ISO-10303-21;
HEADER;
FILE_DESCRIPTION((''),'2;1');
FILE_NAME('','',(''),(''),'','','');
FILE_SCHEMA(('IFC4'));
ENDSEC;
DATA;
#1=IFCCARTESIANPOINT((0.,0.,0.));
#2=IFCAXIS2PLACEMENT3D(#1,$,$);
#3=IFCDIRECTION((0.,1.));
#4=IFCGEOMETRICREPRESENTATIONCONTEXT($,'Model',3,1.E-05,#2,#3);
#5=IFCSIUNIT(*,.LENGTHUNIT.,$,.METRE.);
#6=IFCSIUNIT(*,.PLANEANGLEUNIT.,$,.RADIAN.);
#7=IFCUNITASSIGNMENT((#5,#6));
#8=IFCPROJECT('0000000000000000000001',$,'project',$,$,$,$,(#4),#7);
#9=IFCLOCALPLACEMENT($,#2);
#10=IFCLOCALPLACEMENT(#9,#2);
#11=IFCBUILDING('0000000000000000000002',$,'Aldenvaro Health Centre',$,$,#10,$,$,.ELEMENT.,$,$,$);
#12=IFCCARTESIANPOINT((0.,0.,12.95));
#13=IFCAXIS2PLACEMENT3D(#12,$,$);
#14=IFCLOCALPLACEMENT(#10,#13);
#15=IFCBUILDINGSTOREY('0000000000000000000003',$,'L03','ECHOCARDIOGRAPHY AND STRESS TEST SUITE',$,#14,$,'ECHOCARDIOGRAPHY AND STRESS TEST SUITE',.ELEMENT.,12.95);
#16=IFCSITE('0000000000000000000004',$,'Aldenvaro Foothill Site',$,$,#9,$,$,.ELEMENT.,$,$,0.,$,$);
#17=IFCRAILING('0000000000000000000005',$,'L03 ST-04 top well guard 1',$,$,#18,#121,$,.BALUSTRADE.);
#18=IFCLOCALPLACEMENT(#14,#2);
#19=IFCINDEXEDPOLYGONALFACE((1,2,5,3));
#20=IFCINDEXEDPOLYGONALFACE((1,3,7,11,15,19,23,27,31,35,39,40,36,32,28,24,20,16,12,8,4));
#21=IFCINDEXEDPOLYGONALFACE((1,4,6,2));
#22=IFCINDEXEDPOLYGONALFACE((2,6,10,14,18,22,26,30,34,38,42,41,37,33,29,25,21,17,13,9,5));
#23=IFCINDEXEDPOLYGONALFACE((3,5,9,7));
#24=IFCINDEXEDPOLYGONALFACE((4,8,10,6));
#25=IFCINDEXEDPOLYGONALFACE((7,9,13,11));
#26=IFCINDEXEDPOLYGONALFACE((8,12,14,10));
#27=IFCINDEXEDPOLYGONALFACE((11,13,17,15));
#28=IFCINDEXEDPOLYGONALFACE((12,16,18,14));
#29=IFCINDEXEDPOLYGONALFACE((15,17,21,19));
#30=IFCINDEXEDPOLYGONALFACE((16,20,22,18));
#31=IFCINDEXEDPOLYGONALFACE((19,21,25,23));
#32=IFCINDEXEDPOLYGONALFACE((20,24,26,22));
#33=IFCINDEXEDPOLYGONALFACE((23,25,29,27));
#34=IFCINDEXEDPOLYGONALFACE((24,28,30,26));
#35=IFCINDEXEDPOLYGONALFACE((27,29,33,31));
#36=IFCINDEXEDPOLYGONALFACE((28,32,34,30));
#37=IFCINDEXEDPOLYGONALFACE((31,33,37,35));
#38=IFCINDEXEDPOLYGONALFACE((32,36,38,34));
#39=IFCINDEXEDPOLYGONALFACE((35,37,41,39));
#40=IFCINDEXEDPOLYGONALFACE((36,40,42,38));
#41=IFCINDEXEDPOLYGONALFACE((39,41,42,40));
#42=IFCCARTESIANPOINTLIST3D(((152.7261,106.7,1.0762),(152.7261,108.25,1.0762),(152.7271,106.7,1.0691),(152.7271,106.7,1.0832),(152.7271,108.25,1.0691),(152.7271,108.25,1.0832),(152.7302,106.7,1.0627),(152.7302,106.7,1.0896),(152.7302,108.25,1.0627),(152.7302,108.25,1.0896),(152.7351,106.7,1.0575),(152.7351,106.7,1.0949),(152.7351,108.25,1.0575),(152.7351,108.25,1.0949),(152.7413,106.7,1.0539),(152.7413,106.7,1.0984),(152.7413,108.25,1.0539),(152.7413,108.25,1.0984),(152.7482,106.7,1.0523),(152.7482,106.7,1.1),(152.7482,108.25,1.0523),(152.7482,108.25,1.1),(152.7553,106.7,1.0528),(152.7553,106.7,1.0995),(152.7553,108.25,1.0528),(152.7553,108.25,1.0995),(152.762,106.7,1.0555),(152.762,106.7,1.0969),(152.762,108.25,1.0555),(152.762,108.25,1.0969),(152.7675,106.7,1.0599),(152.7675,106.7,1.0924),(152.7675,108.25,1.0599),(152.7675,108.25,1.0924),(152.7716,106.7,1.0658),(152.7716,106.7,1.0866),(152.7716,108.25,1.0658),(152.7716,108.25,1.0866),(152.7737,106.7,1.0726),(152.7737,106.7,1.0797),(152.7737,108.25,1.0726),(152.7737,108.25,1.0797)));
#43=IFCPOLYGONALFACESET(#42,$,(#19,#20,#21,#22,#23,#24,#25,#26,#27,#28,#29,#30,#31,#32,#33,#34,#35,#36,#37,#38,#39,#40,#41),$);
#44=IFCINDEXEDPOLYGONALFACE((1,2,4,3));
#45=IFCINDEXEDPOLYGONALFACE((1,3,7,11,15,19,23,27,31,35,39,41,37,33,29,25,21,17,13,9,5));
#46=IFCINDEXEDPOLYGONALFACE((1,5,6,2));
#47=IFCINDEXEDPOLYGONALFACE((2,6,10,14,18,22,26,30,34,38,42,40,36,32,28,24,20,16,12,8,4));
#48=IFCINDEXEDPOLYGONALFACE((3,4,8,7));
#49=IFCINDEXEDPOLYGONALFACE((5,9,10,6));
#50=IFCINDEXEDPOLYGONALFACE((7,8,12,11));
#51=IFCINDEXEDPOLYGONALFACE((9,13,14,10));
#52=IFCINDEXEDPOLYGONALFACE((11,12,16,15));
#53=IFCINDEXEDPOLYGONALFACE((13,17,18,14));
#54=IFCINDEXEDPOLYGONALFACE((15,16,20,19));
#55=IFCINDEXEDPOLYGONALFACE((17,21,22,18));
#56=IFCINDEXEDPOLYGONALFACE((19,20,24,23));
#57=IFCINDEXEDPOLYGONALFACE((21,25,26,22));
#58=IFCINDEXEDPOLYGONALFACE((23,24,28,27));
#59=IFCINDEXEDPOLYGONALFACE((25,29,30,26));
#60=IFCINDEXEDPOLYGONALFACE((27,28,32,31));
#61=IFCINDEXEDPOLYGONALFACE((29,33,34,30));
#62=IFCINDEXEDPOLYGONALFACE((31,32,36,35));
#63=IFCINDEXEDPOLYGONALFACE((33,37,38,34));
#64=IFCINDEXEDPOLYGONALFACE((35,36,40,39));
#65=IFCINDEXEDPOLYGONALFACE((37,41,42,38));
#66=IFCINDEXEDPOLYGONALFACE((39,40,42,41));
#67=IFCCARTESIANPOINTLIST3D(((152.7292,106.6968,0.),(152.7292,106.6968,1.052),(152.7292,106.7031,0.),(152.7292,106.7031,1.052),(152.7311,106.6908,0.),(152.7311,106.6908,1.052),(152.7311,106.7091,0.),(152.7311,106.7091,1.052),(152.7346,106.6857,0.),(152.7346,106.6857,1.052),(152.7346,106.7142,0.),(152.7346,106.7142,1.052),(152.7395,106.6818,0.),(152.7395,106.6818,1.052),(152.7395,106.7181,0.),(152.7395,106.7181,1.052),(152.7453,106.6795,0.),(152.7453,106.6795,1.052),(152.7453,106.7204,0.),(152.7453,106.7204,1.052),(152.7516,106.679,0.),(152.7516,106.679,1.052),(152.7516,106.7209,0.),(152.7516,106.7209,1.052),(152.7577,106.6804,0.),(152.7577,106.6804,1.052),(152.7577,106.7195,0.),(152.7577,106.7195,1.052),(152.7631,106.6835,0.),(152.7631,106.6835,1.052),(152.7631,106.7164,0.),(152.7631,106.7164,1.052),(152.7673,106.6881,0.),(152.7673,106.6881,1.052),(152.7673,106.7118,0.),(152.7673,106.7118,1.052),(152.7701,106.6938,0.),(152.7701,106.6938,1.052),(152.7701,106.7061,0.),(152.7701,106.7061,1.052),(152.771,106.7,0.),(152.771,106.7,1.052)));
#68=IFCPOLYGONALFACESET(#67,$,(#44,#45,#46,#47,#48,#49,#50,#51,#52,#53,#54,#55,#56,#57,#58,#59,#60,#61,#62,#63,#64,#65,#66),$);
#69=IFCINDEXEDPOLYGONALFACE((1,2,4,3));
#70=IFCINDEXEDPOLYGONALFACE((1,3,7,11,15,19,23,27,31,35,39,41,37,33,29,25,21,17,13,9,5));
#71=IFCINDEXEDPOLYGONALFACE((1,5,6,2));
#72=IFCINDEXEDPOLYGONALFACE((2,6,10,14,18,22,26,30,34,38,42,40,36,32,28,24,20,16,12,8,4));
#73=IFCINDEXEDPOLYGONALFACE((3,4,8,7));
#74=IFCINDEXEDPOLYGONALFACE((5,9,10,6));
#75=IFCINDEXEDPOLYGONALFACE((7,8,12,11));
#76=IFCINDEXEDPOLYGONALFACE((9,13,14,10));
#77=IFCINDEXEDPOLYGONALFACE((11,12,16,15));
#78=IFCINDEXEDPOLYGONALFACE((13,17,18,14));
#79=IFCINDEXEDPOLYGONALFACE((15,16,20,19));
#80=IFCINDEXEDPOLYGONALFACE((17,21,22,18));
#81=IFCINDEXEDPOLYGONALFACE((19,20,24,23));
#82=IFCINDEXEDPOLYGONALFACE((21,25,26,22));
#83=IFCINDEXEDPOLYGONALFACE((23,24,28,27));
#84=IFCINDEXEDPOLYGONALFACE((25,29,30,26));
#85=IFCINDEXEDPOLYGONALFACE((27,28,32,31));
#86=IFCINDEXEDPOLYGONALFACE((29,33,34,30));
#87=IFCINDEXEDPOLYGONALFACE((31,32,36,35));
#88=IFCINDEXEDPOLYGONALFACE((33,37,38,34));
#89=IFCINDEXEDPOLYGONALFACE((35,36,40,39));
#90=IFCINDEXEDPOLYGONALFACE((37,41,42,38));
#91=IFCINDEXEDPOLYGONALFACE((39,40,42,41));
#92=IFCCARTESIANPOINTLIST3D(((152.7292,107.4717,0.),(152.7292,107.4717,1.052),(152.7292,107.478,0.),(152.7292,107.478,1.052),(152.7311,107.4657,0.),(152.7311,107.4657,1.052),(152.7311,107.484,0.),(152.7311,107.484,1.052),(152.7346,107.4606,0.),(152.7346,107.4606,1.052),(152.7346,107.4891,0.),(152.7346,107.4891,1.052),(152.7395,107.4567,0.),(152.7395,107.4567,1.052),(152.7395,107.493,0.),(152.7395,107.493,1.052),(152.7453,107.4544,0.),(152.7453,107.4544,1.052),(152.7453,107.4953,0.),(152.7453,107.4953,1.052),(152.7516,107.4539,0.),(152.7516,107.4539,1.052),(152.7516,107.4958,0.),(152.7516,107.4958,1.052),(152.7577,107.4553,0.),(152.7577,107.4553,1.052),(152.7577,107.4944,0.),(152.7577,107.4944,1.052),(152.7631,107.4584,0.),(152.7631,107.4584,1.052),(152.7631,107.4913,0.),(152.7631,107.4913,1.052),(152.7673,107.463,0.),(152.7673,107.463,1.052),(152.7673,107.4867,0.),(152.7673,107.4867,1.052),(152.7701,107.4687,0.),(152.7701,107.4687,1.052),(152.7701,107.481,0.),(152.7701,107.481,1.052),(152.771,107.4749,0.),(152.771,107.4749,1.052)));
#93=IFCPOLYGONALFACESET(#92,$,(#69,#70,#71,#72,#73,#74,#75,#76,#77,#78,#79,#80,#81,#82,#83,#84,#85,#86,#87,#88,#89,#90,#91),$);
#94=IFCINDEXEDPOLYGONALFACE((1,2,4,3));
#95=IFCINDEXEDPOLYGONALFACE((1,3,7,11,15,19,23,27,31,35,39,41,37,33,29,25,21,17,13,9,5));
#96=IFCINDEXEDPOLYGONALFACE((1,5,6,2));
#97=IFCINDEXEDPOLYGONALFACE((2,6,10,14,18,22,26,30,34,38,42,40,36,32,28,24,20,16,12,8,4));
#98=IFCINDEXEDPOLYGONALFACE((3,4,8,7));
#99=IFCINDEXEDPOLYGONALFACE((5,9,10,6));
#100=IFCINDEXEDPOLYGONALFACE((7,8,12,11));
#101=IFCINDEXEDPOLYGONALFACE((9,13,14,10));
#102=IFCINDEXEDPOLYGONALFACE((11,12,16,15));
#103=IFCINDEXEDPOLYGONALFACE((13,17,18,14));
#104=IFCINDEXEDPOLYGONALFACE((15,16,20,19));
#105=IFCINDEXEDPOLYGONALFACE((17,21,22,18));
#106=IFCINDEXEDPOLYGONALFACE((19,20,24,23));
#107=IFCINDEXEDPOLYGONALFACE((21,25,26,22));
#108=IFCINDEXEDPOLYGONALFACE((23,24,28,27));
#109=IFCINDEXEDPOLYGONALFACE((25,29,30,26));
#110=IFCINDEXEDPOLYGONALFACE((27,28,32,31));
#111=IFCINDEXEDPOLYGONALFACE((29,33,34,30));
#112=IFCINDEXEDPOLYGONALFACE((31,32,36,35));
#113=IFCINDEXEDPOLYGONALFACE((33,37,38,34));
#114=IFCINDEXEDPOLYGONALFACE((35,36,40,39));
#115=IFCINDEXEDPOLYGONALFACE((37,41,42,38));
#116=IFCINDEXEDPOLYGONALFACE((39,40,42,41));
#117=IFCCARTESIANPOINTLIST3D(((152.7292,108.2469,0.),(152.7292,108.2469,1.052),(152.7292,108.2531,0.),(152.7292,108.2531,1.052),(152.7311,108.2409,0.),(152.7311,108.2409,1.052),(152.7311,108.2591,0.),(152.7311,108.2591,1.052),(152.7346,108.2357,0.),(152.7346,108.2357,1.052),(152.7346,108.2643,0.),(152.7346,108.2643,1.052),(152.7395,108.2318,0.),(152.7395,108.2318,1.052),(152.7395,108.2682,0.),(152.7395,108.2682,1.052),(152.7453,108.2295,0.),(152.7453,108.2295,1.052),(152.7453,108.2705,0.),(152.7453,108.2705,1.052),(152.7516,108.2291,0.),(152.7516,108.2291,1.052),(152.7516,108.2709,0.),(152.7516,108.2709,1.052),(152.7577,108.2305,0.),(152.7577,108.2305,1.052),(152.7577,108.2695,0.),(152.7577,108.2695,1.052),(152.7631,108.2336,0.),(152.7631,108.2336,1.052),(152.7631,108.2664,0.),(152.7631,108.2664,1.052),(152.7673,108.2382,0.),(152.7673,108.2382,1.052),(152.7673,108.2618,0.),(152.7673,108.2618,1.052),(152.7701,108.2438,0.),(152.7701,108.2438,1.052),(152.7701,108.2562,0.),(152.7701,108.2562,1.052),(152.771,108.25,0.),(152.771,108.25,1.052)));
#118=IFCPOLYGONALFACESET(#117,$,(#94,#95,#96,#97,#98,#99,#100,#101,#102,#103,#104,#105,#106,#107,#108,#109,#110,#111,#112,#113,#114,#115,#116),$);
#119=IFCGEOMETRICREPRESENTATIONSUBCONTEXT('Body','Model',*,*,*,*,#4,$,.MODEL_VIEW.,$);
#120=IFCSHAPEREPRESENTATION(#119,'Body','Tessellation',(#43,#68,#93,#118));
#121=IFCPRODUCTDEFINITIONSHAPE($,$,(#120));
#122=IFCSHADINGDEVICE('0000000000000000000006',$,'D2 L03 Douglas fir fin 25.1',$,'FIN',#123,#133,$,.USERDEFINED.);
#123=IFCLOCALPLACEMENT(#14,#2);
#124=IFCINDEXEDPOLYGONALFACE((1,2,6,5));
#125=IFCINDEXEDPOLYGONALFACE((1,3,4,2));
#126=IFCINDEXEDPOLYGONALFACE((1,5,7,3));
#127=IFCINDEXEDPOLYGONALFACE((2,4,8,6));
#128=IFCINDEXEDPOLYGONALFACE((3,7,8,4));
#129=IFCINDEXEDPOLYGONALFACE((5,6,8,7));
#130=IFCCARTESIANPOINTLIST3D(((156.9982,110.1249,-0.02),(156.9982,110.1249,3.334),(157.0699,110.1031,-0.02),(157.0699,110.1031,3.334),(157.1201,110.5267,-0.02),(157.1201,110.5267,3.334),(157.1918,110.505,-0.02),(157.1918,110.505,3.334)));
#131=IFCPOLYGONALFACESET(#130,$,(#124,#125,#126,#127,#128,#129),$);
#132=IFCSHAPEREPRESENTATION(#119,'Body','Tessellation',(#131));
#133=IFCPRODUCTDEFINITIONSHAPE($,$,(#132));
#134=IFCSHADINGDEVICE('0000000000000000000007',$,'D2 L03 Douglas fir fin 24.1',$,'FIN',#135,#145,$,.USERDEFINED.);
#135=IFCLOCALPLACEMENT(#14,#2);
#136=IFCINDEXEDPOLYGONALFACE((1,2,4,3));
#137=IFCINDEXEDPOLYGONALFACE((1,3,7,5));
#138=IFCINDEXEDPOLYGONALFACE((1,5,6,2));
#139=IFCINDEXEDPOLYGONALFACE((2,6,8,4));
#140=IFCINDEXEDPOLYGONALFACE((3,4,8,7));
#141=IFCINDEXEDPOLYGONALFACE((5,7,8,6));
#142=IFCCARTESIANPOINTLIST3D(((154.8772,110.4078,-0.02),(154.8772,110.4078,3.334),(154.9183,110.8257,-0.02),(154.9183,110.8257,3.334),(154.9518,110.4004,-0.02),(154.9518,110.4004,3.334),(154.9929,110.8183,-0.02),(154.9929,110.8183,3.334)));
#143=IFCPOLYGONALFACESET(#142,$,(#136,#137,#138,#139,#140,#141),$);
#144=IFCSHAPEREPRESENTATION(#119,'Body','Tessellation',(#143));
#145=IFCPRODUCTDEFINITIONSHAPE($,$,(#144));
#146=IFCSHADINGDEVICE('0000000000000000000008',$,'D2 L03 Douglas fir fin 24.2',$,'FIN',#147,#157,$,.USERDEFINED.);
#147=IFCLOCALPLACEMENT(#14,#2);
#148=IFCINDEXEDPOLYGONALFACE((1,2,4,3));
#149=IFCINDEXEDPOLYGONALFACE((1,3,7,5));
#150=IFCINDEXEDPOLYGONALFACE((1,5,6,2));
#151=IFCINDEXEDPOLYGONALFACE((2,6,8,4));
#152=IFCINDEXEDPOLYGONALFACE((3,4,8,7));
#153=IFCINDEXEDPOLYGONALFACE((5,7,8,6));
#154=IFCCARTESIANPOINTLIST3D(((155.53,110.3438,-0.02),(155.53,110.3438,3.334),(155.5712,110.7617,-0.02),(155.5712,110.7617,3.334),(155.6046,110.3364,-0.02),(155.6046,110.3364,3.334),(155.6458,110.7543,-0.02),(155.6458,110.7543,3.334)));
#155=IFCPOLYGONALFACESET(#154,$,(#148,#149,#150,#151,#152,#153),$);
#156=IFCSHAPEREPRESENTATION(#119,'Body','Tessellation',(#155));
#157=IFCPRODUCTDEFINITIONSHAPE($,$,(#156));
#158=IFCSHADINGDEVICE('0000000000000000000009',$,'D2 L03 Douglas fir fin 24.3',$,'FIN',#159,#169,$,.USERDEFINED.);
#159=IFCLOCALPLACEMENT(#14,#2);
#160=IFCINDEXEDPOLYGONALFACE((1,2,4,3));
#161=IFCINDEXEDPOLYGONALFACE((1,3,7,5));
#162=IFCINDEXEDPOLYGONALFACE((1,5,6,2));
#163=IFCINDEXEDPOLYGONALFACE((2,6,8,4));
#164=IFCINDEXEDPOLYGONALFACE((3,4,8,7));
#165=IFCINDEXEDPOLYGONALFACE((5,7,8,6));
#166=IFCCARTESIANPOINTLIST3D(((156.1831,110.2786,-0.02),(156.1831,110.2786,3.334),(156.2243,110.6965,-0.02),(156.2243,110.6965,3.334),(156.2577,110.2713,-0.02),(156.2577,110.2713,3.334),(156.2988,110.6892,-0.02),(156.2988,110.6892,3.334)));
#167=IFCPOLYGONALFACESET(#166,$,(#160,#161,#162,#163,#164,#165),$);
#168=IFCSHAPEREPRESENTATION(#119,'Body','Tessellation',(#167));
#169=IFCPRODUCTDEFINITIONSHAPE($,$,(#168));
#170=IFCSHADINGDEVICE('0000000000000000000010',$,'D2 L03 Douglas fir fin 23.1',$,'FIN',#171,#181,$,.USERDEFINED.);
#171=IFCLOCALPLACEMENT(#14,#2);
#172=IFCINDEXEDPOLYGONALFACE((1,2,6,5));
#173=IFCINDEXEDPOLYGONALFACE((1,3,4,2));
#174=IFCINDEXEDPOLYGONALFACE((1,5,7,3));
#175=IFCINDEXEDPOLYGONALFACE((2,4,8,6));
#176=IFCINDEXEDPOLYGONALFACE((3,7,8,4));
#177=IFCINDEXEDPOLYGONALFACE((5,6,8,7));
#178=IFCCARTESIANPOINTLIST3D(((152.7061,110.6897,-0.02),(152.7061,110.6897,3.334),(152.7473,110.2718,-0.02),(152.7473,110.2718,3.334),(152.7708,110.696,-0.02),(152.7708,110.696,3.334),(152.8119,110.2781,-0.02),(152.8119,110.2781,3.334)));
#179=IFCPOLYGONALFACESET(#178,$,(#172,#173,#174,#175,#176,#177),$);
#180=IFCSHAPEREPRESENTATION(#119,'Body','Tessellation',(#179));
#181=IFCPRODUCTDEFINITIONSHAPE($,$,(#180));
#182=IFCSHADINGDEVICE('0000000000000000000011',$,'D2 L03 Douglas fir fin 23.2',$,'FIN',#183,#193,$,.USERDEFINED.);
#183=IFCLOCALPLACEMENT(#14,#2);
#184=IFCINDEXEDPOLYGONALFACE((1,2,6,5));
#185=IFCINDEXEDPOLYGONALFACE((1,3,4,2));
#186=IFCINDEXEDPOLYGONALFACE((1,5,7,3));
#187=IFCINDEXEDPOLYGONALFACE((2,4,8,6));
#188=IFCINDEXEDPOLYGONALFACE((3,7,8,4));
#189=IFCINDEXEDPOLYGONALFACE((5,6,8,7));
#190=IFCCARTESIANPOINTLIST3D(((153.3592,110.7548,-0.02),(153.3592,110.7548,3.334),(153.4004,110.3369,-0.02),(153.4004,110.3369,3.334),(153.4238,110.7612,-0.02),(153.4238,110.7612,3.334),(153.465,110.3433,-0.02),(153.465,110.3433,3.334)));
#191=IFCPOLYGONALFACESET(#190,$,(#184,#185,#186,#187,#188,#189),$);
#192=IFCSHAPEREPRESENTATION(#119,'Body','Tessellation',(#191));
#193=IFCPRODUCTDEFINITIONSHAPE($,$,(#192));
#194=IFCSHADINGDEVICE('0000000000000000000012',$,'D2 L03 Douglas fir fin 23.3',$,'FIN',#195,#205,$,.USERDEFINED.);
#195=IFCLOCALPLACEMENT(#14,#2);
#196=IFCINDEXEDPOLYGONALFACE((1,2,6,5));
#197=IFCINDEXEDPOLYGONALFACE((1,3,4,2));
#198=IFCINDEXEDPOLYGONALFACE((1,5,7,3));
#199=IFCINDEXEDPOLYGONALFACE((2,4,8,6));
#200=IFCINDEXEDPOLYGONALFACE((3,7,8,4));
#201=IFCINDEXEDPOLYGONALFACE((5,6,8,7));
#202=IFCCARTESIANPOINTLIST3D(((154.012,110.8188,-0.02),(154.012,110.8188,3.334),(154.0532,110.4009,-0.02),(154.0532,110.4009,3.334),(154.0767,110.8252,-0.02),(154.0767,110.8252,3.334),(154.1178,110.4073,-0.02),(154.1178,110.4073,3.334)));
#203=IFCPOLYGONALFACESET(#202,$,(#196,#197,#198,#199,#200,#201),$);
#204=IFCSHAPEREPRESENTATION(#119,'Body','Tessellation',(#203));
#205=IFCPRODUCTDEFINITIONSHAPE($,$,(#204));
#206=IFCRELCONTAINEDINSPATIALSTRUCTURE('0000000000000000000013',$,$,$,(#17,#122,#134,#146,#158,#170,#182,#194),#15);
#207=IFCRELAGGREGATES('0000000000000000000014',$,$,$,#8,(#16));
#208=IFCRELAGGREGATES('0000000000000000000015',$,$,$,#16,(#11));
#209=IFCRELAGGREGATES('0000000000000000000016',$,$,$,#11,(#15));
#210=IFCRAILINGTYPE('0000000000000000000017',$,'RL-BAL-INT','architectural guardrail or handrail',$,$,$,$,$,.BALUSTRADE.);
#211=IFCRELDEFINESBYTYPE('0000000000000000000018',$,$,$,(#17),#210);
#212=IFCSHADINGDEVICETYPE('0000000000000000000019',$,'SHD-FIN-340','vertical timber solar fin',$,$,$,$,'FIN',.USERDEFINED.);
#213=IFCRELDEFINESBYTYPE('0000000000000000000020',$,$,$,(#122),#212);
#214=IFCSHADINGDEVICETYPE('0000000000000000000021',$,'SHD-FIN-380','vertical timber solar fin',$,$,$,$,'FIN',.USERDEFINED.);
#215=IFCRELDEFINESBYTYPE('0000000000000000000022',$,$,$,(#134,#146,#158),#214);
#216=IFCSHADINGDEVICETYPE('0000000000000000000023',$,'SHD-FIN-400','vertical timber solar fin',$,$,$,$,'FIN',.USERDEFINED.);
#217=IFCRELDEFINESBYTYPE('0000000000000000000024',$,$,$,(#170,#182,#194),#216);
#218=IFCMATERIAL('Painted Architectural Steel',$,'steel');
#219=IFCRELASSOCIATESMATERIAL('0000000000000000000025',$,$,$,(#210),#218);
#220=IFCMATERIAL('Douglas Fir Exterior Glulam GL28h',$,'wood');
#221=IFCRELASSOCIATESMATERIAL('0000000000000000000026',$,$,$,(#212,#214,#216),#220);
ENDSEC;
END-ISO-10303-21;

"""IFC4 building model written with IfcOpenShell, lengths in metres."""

from ifc_helpers import new_model, si_unit, direction, frame, origin, origin_2d, place, context, subcontext, project, spatial, rectangle, circle, extrude, material, type_object, element, save


model = new_model("IFC4")

# Units and contexts
model_context = context("Model", 3, precision=1e-05, world=origin(), true_north=direction((0.0, 1.0)))
body_context = subcontext(model_context, "Body", "Model", "MODEL_VIEW")
ifc_project = project(units=[si_unit("LENGTHUNIT", "METRE"), si_unit("PLANEANGLEUNIT", "RADIAN")], contexts=[model_context])

# Site, building, storey
site_placement = place(None, origin())
site = spatial("IfcSite", under=ifc_project, at=site_placement, Name="Aldenvaro Foothill Site", CompositionType="ELEMENT", RefElevation=0.0)
building_placement = place(site_placement, origin())
building = spatial("IfcBuilding", under=site, at=building_placement, Name="Aldenvaro Health Centre", CompositionType="ELEMENT")
storey_placement = place(building_placement, frame((0.0, 0.0, 12.95)))
storey = spatial("IfcBuildingStorey", under=building, at=storey_placement, Name="L03", Description="ECHOCARDIOGRAPHY AND STRESS TEST SUITE", LongName="ECHOCARDIOGRAPHY AND STRESS TEST SUITE", CompositionType="ELEMENT", Elevation=12.95)

# Railing
ifc_material_1 = material(Name="Painted Architectural Steel", Category="steel")
railing_type = type_object("IfcRailingType", Name="RL-BAL-INT", Description="architectural guardrail or handrail", PredefinedType="BALUSTRADE", material=ifc_material_1)
railing_placement = place(storey_placement, frame((152.75, 106.7, 0.0)))
element("IfcRailing", 1, at=railing_placement, inside=storey, type_object=railing_type, Name="L03 ST-04 top well guard 1", PredefinedType="BALUSTRADE", context=body_context, shape_type="SweptSolid", body=[
    extrude(circle(Radius=0.0239, at=origin_2d()), frame((0.0, 0.0, 1.0762), z_axis=(0.0, 1.0, 0.0), x_axis=(-1.0, 0.0, 0.0)), (0.0, 0.0, 1.0), 1.55),
    extrude(circle(Radius=0.021, at=origin_2d()), origin(), (0.0, 0.0, 1.0), 1.052),
    extrude(circle(Radius=0.021, at=origin_2d()), frame((0.0, 0.7749, 0.0)), (0.0, 0.0, 1.0), 1.052),
    extrude(circle(Radius=0.021, at=origin_2d()), frame((0.0, 1.55, 0.0)), (0.0, 0.0, 1.0), 1.052),
])

# Shading devices
ifc_material_2 = material(Name="Douglas Fir Exterior Glulam GL28h", Category="wood")
shading_device_type_1 = type_object("IfcShadingDeviceType", Name="SHD-FIN-340", Description="vertical timber solar fin", ElementType="FIN", PredefinedType="USERDEFINED", material=ifc_material_2)
shading_device_1_placement = place(storey_placement, frame((157.095, 110.3149, -0.02), z_axis=(0.0, 0.0, 1.0), x_axis=(0.956927, -0.29033, 0.0)))
element("IfcShadingDevice", 2, at=shading_device_1_placement, inside=storey, type_object=shading_device_type_1, Name="D2 L03 Douglas fir fin 25.1", ObjectType="FIN", PredefinedType="USERDEFINED", context=body_context, shape_type="SweptSolid", body=[
    extrude(rectangle(XDim=0.075, YDim=0.4199, at=origin_2d()), origin(), (0.0, 0.0, 1.0), 3.354),
])
shading_device_type_2 = type_object("IfcShadingDeviceType", Name="SHD-FIN-380", Description="vertical timber solar fin", ElementType="FIN", PredefinedType="USERDEFINED", material=ifc_material_2)
for number, where, z_axis, x_axis, name in (
    (3, (154.9351, 110.613, -0.02), (0.0, 0.0, 1.0), (0.995183, -0.098032, 0.0), "D2 L03 Douglas fir fin 24.1"),
    (4, (155.5879, 110.5491, -0.02), (0.0, 0.0, 1.0), (0.995183, -0.098032, 0.0), "D2 L03 Douglas fir fin 24.2"),
    (5, (156.241, 110.4839, -0.02), (0.0, 0.0, 1.0), (0.995183, -0.098032, 0.0), "D2 L03 Douglas fir fin 24.3"),
):
    element("IfcShadingDevice", number, at=place(storey_placement, frame(where, z_axis=z_axis, x_axis=x_axis)), inside=storey, type_object=shading_device_type_2, Name=name, ObjectType="FIN", PredefinedType="USERDEFINED", context=body_context, shape_type="SweptSolid", body=[
        extrude(rectangle(XDim=0.075, YDim=0.4199, at=origin_2d()), origin(), (0.0, 0.0, 1.0), 3.354),
    ])
shading_device_type_3 = type_object("IfcShadingDeviceType", Name="SHD-FIN-400", Description="vertical timber solar fin", ElementType="FIN", PredefinedType="USERDEFINED", material=ifc_material_2)
for number, where, z_axis, x_axis, name in (
    (6, (152.759, 110.4839, -0.02), (0.0, 0.0, 1.0), (0.995183, 0.098032, 0.0), "D2 L03 Douglas fir fin 23.1"),
    (7, (153.4121, 110.5491, -0.02), (0.0, 0.0, 1.0), (0.995183, 0.098032, 0.0), "D2 L03 Douglas fir fin 23.2"),
    (8, (154.0649, 110.613, -0.02), (0.0, 0.0, 1.0), (0.995183, 0.098032, 0.0), "D2 L03 Douglas fir fin 23.3"),
):
    element("IfcShadingDevice", number, at=place(storey_placement, frame(where, z_axis=z_axis, x_axis=x_axis)), inside=storey, type_object=shading_device_type_3, Name=name, ObjectType="FIN", PredefinedType="USERDEFINED", context=body_context, shape_type="SweptSolid", body=[
        extrude(rectangle(XDim=0.0649, YDim=0.4199, at=origin_2d()), origin(), (0.0, 0.0, 1.0), 3.354),
    ])

save(model, "model.ifc")
